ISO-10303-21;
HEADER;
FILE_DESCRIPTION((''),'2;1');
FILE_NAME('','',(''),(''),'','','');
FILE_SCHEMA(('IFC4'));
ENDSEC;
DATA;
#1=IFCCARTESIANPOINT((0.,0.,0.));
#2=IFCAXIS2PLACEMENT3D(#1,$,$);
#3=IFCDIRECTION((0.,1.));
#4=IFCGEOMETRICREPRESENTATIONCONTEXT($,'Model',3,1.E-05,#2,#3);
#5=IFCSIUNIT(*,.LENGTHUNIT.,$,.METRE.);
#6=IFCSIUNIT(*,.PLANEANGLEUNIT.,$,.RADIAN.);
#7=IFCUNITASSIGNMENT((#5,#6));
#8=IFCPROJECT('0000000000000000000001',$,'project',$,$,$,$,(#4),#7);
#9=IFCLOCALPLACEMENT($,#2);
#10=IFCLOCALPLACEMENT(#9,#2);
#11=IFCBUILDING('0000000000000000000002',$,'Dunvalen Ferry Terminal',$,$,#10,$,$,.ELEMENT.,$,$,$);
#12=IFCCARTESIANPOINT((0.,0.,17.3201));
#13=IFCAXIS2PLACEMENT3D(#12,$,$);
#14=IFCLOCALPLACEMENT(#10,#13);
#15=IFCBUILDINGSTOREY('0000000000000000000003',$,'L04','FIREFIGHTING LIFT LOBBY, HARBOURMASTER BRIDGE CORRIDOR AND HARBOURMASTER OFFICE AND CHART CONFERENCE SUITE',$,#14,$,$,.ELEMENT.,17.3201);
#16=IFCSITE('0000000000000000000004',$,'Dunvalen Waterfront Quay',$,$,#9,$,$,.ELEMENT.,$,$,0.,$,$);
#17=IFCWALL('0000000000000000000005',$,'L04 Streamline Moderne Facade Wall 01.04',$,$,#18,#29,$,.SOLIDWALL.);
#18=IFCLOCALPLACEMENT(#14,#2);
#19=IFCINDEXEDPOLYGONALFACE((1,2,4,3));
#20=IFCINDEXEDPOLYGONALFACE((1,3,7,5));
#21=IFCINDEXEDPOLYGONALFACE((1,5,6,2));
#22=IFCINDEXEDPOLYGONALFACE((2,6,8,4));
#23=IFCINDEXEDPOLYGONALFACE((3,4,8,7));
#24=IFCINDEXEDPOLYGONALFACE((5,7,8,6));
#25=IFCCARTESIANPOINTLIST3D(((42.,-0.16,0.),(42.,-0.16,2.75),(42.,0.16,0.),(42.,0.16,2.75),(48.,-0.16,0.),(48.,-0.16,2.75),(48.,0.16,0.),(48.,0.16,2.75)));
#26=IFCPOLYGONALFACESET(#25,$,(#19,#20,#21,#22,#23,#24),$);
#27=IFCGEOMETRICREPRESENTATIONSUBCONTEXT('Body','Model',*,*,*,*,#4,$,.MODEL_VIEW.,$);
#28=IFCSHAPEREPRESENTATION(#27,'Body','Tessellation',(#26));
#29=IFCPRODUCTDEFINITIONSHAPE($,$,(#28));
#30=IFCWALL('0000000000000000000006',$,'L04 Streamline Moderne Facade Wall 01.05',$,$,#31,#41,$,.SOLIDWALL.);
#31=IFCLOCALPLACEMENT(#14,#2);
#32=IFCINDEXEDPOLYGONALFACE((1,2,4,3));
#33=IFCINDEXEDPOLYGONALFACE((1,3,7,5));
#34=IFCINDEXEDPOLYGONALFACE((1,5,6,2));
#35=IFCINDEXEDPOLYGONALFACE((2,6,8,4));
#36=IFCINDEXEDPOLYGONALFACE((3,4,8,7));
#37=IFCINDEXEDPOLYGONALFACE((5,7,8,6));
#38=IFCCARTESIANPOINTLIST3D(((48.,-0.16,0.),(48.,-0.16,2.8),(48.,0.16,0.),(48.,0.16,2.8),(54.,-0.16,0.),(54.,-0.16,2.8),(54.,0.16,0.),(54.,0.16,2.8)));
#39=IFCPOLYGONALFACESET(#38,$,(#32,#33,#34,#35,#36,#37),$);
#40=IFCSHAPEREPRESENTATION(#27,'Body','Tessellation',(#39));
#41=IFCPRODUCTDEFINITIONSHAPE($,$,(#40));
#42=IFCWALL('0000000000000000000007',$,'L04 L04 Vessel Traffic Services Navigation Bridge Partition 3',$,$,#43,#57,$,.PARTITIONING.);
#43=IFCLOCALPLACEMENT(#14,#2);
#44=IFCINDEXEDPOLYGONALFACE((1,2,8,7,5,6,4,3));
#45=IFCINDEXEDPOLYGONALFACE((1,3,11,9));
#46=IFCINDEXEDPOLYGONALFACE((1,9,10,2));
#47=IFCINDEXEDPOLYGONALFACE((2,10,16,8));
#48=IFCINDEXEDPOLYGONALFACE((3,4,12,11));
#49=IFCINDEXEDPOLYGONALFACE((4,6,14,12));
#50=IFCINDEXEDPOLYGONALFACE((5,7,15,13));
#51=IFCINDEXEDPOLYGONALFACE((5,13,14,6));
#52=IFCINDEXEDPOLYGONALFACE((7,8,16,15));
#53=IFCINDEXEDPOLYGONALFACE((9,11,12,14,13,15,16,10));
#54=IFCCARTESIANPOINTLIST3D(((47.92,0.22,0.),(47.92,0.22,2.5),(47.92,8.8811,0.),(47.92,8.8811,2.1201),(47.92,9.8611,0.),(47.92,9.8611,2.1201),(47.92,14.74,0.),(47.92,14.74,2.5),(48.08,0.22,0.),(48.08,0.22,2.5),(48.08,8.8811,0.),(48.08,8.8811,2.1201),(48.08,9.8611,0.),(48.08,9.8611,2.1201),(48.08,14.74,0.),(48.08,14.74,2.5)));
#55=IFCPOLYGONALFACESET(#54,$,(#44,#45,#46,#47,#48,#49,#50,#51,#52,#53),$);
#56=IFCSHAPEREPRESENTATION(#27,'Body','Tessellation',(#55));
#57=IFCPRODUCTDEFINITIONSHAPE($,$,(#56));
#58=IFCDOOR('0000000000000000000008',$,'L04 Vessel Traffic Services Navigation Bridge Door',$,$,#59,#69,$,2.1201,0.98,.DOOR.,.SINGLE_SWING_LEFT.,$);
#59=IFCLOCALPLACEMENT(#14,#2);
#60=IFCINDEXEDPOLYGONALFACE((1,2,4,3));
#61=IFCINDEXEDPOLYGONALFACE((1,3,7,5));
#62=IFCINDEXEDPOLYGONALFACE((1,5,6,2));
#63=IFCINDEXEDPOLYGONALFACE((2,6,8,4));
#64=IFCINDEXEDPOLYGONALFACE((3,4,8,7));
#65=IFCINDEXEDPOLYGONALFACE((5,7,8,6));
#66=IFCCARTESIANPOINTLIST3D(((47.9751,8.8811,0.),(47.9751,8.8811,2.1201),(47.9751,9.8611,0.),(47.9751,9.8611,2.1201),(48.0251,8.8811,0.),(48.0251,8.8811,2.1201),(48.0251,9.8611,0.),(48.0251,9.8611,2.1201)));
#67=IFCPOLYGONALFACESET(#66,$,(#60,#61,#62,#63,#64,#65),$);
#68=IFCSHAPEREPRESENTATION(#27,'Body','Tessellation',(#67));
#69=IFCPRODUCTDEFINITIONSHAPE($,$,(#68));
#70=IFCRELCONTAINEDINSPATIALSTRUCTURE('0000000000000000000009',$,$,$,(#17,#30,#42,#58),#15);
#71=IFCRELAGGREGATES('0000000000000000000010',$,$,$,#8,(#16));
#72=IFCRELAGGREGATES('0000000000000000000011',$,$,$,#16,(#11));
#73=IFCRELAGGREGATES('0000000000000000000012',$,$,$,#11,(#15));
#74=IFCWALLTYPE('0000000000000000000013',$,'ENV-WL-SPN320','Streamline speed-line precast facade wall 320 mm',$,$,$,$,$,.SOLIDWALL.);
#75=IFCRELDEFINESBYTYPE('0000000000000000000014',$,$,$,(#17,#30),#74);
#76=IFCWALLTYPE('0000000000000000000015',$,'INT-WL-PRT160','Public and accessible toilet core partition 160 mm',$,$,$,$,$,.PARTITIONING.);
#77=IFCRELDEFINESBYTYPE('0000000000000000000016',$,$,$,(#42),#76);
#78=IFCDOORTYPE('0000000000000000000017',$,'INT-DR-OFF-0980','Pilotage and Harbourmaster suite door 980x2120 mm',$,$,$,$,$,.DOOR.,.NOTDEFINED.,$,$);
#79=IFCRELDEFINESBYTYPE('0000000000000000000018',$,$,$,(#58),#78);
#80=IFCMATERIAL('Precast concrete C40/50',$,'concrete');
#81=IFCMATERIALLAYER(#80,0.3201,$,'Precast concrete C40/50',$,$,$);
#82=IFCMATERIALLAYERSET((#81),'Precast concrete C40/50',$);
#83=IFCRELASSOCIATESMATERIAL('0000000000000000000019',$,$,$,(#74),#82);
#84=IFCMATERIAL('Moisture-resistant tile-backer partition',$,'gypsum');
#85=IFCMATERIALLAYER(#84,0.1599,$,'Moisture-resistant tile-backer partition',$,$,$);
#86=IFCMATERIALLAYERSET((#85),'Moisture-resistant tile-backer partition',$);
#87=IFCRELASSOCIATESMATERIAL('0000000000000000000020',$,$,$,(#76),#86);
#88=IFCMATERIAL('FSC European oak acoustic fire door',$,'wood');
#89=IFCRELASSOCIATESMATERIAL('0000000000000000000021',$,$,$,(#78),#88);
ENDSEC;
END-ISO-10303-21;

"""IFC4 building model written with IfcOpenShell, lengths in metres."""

from ifc_helpers import new_model, si_unit, direction, frame, frame_2d, origin, place, context, subcontext, project, spatial, rectangle, extrude, material, layer, layer_set, type_object, element, fill, save


model = new_model("IFC4")

# Units and contexts
model_context = context("Model", 3, precision=1e-05, world=origin(), true_north=direction((0.0, 1.0)))
body_context = subcontext(model_context, "Body", "Model", "MODEL_VIEW")
ifc_project = project(units=[si_unit("LENGTHUNIT", "METRE"), si_unit("PLANEANGLEUNIT", "RADIAN")], contexts=[model_context])

# Site, building, storey
site_placement = place(None, origin())
site = spatial("IfcSite", under=ifc_project, at=site_placement, Name="Dunvalen Waterfront Quay", CompositionType="ELEMENT", RefElevation=0.0)
building_placement = place(site_placement, origin())
building = spatial("IfcBuilding", under=site, at=building_placement, Name="Dunvalen Ferry Terminal", CompositionType="ELEMENT")
storey_placement = place(building_placement, frame((0.0, 0.0, 17.3201)))
storey = spatial("IfcBuildingStorey", under=building, at=storey_placement, Name="L04", Description="FIREFIGHTING LIFT LOBBY, HARBOURMASTER BRIDGE CORRIDOR AND HARBOURMASTER OFFICE AND CHART CONFERENCE SUITE", CompositionType="ELEMENT", Elevation=17.3201)

# Walls
ifc_material_1 = material(Name="Precast concrete C40/50", Category="concrete")
ifc_layer_1 = layer(ifc_material_1, 0.3201, Name="Precast concrete C40/50")
ifc_layer_set_1 = layer_set([ifc_layer_1], Name="Precast concrete C40/50")
wall_type_1 = type_object("IfcWallType", Name="ENV-WL-SPN320", Description="Streamline speed-line precast facade wall 320 mm", PredefinedType="SOLIDWALL", material=ifc_layer_set_1)
wall_1_placement = place(storey_placement, frame((42.0, 0.0, 0.0), z_axis=(0.0, 0.0, 1.0), x_axis=(1.0, 0.0, 0.0)))
element("IfcWall", 1, at=wall_1_placement, inside=storey, type_object=wall_type_1, Name="L04 Streamline Moderne Facade Wall 01.04", PredefinedType="SOLIDWALL", context=body_context, shape_type="SweptSolid", body=[
    extrude(rectangle(XDim=6.0, YDim=0.3201, at=frame_2d((3.0, 0.0))), origin(), (0.0, 0.0, 1.0), 2.75),
])
wall_2_placement = place(storey_placement, frame((48.0, 0.0, 0.0), z_axis=(0.0, 0.0, 1.0), x_axis=(1.0, 0.0, 0.0)))
element("IfcWall", 2, at=wall_2_placement, inside=storey, type_object=wall_type_1, Name="L04 Streamline Moderne Facade Wall 01.05", PredefinedType="SOLIDWALL", context=body_context, shape_type="SweptSolid", body=[
    extrude(rectangle(XDim=6.0, YDim=0.3201, at=frame_2d((3.0, 0.0))), origin(), (0.0, 0.0, 1.0), 2.8),
])

# Wall, opening, door
ifc_material_2 = material(Name="Moisture-resistant tile-backer partition", Category="gypsum")
ifc_layer_2 = layer(ifc_material_2, 0.1599, Name="Moisture-resistant tile-backer partition")
ifc_layer_set_2 = layer_set([ifc_layer_2], Name="Moisture-resistant tile-backer partition")
wall_type_2 = type_object("IfcWallType", Name="INT-WL-PRT160", Description="Public and accessible toilet core partition 160 mm", PredefinedType="PARTITIONING", material=ifc_layer_set_2)
wall_3_placement = place(storey_placement, frame((48.0, 0.22, 0.0), z_axis=(0.0, 0.0, 1.0), x_axis=(0.0, 1.0, 0.0)))
wall_3 = element("IfcWall", 3, at=wall_3_placement, inside=storey, type_object=wall_type_2, Name="L04 L04 Vessel Traffic Services Navigation Bridge Partition 3", PredefinedType="PARTITIONING", context=body_context, shape_type="SweptSolid", body=[
    extrude(rectangle(XDim=14.52, YDim=0.1599, at=frame_2d((7.26, 0.0))), origin(), (0.0, 0.0, 1.0), 2.5),
])
opening_placement = place(wall_3_placement, frame((8.6611, 0.0, 0.0)))
opening = element("IfcOpeningElement", 4, at=opening_placement, cuts=wall_3, PredefinedType="OPENING", context=body_context, shape_type="SweptSolid", body=[
    extrude(rectangle(XDim=0.98, YDim=2.1201, at=frame_2d((0.49, 1.0601))), frame((0.0, 0.0898, 0.0), z_axis=(0.0, -1.0, 0.0), x_axis=(1.0, 0.0, 0.0)), (0.0, 0.0, 1.0), 0.1799),
])
ifc_material_3 = material(Name="FSC European oak acoustic fire door", Category="wood")
door_type = type_object("IfcDoorType", Name="INT-DR-OFF-0980", Description="Pilotage and Harbourmaster suite door 980x2120 mm", OperationType="NOTDEFINED", PredefinedType="DOOR", material=ifc_material_3)
door_placement = place(opening_placement, origin())
door = element("IfcDoor", 5, at=door_placement, inside=storey, type_object=door_type, Name="L04 Vessel Traffic Services Navigation Bridge Door", OperationType="SINGLE_SWING_LEFT", OverallHeight=2.1201, OverallWidth=0.98, PredefinedType="DOOR", context=body_context, shape_type="SweptSolid", body=[
    extrude(rectangle(XDim=0.98, YDim=2.1201, at=frame_2d((0.49, 1.0601))), frame((0.0, 0.0249, 0.0), z_axis=(0.0, -1.0, 0.0), x_axis=(1.0, 0.0, 0.0)), (0.0, 0.0, 1.0), 0.05),
])
fill(opening, door)

save(model, "model.ifc")
